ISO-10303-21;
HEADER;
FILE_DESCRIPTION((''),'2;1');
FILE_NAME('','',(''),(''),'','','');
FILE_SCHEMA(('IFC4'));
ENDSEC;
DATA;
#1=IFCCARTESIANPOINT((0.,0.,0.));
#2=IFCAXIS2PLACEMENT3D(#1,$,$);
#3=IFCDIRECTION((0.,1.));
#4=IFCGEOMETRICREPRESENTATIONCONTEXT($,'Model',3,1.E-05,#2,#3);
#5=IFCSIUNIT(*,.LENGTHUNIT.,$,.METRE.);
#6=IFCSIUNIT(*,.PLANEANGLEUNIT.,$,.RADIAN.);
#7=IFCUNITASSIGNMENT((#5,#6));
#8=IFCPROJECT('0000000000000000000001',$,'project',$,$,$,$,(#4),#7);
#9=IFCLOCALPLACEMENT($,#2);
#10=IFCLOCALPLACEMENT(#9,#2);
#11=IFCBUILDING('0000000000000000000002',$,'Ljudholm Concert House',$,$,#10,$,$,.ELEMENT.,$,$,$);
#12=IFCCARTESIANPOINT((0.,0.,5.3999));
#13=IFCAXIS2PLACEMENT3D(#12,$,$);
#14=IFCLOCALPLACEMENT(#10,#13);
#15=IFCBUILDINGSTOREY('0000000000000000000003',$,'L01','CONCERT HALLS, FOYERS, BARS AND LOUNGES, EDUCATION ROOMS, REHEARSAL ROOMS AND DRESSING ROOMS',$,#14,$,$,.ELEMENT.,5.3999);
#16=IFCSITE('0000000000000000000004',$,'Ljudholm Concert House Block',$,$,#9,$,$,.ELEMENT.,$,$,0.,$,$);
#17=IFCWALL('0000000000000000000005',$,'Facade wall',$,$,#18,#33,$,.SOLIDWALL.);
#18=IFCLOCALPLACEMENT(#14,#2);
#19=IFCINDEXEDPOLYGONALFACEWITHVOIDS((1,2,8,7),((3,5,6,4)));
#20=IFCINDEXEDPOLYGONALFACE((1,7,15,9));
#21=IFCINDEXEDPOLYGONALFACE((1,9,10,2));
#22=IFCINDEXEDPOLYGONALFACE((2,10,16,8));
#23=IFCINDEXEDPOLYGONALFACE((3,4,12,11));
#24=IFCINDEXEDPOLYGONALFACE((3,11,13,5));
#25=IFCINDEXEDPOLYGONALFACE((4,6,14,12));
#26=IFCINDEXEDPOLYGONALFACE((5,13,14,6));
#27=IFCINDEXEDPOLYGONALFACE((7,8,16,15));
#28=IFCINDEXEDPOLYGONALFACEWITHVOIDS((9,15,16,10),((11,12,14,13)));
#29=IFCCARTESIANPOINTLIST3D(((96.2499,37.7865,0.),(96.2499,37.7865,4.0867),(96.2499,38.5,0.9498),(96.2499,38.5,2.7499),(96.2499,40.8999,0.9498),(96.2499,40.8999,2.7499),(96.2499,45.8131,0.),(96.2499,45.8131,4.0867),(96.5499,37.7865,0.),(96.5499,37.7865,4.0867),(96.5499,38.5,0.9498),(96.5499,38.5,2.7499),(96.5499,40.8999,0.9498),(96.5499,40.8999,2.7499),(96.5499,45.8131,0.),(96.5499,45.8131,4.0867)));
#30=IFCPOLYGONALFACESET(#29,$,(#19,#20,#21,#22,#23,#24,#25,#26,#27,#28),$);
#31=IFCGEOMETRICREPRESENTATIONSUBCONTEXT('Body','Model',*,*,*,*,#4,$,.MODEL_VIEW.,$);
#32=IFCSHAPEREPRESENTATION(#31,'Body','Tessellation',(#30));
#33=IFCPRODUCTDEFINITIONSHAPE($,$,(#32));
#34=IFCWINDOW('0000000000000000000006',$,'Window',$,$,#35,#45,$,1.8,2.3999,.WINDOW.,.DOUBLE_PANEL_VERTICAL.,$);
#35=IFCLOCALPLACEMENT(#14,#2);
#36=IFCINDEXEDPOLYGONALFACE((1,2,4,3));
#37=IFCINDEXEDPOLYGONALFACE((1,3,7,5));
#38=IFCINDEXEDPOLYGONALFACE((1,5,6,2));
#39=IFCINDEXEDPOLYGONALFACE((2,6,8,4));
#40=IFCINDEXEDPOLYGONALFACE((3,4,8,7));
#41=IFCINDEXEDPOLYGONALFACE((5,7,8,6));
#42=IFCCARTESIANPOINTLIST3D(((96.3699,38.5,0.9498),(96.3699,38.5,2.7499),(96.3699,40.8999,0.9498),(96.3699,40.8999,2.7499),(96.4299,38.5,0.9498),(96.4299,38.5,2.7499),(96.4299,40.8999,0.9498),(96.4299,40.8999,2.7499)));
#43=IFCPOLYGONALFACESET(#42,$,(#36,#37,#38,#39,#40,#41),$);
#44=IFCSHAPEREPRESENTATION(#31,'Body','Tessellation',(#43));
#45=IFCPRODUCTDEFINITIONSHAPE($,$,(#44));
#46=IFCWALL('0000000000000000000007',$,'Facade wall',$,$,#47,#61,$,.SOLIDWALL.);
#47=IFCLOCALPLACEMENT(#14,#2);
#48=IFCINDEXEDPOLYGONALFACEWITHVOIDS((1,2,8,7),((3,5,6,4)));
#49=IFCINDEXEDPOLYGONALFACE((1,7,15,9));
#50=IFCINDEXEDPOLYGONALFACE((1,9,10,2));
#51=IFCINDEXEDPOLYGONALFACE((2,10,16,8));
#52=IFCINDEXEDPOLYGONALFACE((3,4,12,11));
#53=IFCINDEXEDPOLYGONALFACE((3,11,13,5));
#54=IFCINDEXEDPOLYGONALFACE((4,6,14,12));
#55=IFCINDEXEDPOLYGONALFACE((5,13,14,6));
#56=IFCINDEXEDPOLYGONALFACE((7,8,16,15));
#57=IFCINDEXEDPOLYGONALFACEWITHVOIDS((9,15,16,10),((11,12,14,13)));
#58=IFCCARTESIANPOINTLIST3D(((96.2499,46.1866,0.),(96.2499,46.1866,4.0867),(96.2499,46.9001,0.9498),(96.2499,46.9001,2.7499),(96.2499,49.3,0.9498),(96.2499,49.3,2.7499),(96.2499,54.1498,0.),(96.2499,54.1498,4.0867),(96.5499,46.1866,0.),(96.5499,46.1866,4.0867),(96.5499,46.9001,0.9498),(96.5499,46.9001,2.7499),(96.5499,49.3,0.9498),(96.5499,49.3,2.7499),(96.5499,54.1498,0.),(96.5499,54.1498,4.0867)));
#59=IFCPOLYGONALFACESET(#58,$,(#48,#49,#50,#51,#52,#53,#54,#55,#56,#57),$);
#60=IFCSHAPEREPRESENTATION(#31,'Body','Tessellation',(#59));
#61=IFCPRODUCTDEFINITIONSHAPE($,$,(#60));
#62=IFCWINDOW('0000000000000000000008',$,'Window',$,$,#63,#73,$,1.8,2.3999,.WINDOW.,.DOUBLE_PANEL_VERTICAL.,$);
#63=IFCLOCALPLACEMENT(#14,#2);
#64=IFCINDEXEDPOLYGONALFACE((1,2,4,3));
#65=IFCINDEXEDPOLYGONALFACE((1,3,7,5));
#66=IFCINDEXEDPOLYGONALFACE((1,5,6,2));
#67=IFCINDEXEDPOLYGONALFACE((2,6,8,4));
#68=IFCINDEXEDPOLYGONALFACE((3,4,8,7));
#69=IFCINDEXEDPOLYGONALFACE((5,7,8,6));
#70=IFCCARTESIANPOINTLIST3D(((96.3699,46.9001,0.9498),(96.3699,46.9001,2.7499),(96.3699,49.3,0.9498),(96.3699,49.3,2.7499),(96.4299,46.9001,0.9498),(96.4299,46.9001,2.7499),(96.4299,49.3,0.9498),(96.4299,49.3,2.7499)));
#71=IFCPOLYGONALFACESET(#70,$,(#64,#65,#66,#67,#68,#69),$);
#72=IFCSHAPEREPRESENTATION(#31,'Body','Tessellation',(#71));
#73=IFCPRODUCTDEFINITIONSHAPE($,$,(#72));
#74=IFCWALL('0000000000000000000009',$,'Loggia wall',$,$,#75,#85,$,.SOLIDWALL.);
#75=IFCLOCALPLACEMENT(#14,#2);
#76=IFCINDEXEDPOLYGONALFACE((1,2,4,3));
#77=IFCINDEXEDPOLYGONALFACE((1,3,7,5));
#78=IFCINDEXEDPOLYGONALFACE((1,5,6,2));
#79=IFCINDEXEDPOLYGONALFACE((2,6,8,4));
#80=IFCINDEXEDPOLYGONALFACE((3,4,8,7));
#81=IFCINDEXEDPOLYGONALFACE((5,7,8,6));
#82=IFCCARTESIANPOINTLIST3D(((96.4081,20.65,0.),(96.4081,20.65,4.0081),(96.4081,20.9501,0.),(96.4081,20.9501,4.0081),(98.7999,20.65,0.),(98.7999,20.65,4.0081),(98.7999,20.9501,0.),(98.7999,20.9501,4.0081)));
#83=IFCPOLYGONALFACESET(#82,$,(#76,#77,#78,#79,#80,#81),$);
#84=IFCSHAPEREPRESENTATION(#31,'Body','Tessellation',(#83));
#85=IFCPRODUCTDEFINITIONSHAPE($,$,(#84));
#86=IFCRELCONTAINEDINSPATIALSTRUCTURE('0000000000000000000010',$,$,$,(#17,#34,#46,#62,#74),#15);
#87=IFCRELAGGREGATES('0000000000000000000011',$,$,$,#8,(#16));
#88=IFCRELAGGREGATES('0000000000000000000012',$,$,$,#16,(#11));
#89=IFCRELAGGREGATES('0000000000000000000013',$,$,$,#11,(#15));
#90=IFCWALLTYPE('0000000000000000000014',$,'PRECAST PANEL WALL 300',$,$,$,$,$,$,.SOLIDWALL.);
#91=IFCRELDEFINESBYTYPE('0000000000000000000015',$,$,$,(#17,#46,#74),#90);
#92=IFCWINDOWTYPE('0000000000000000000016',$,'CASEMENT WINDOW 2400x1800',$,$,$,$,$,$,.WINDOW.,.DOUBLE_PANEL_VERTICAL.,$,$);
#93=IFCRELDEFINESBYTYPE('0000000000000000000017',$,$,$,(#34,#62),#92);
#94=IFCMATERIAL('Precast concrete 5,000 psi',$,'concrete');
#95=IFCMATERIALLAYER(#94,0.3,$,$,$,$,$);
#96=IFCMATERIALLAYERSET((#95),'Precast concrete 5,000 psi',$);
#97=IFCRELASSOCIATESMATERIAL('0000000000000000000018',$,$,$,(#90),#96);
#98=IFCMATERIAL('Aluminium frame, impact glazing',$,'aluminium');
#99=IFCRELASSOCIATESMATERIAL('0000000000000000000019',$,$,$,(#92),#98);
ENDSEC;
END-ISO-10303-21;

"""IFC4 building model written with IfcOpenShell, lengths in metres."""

from ifc_helpers import new_model, si_unit, direction, frame, frame_2d, origin, place, context, subcontext, project, spatial, rectangle, extrude, material, layer, layer_set, type_object, element, fill, save


model = new_model("IFC4")

# Units and contexts
model_context = context("Model", 3, precision=1e-05, world=origin(), true_north=direction((0.0, 1.0)))
body_context = subcontext(model_context, "Body", "Model", "MODEL_VIEW")
ifc_project = project(units=[si_unit("LENGTHUNIT", "METRE"), si_unit("PLANEANGLEUNIT", "RADIAN")], contexts=[model_context])

# Site, building, storey
site_placement = place(None, origin())
site = spatial("IfcSite", under=ifc_project, at=site_placement, Name="Ljudholm Concert House Block", CompositionType="ELEMENT", RefElevation=0.0)
building_placement = place(site_placement, origin())
building = spatial("IfcBuilding", under=site, at=building_placement, Name="Ljudholm Concert House", CompositionType="ELEMENT")
storey_placement = place(building_placement, frame((0.0, 0.0, 5.3999)))
storey = spatial("IfcBuildingStorey", under=building, at=storey_placement, Name="L01", Description="CONCERT HALLS, FOYERS, BARS AND LOUNGES, EDUCATION ROOMS, REHEARSAL ROOMS AND DRESSING ROOMS", CompositionType="ELEMENT", Elevation=5.3999)

# Walls, openings, windows
ifc_material_1 = material(Name="Precast concrete 5,000 psi", Category="concrete")
ifc_layer_1 = layer(ifc_material_1, 0.3)
ifc_layer_set_1 = layer_set([ifc_layer_1], Name="Precast concrete 5,000 psi")
wall_type_1 = type_object("IfcWallType", Name="PRECAST PANEL WALL 300", PredefinedType="SOLIDWALL", material=ifc_layer_set_1)
wall_1_placement = place(storey_placement, frame((96.3999, 37.7866, 0.0), z_axis=(0.0, 0.0, 1.0), x_axis=(0.0, 1.0, 0.0)))
wall_1 = element("IfcWall", 1, at=wall_1_placement, inside=storey, type_object=wall_type_1, Name="Facade wall", PredefinedType="SOLIDWALL", context=body_context, shape_type="SweptSolid", body=[
    extrude(rectangle(XDim=8.0266, YDim=0.3, at=frame_2d((4.0132, 0.0))), origin(), (0.0, 0.0, 1.0), 4.0867),
])
opening_1_placement = place(wall_1_placement, frame((0.7134, 0.0, 0.95)))
opening_1 = element("IfcOpeningElement", 2, at=opening_1_placement, cuts=wall_1, PredefinedType="OPENING", context=body_context, shape_type="SweptSolid", body=[
    extrude(rectangle(XDim=2.3999, YDim=1.8, at=frame_2d((1.2, 0.8999))), frame((0.0, 0.1599, 0.0), z_axis=(0.0, -1.0, 0.0), x_axis=(1.0, 0.0, 0.0)), (0.0, 0.0, 1.0), 0.3201),
])
ifc_material_2 = material(Name="Aluminium frame, impact glazing", Category="aluminium")
window_type = type_object("IfcWindowType", Name="CASEMENT WINDOW 2400x1800", PartitioningType="DOUBLE_PANEL_VERTICAL", PredefinedType="WINDOW", material=ifc_material_2)
window_1_placement = place(opening_1_placement, origin())
window_1 = element("IfcWindow", 3, at=window_1_placement, inside=storey, type_object=window_type, Name="Window", OverallHeight=1.8, OverallWidth=2.3999, PartitioningType="DOUBLE_PANEL_VERTICAL", PredefinedType="WINDOW", context=body_context, shape_type="SweptSolid", body=[
    extrude(rectangle(XDim=2.3999, YDim=1.8, at=frame_2d((1.2, 0.8999))), frame((0.0, 0.03, 0.0), z_axis=(0.0, -1.0, 0.0), x_axis=(1.0, 0.0, 0.0)), (0.0, 0.0, 1.0), 0.0601),
])
fill(opening_1, window_1)
wall_2_placement = place(storey_placement, frame((96.3999, 46.1868, 0.0), z_axis=(0.0, 0.0, 1.0), x_axis=(0.0, 1.0, 0.0)))
wall_2 = element("IfcWall", 4, at=wall_2_placement, inside=storey, type_object=wall_type_1, Name="Facade wall", PredefinedType="SOLIDWALL", context=body_context, shape_type="SweptSolid", body=[
    extrude(rectangle(XDim=7.9631, YDim=0.3, at=frame_2d((3.9814, 0.0))), origin(), (0.0, 0.0, 1.0), 4.0867),
])
opening_2_placement = place(wall_2_placement, frame((0.7134, 0.0, 0.95)))
opening_2 = element("IfcOpeningElement", 5, at=opening_2_placement, cuts=wall_2, PredefinedType="OPENING", context=body_context, shape_type="SweptSolid", body=[
    extrude(rectangle(XDim=2.3999, YDim=1.8, at=frame_2d((1.2, 0.8999))), frame((0.0, 0.1599, 0.0), z_axis=(0.0, -1.0, 0.0), x_axis=(1.0, 0.0, 0.0)), (0.0, 0.0, 1.0), 0.3201),
])
window_2_placement = place(opening_2_placement, origin())
window_2 = element("IfcWindow", 6, at=window_2_placement, inside=storey, type_object=window_type, Name="Window", OverallHeight=1.8, OverallWidth=2.3999, PartitioningType="DOUBLE_PANEL_VERTICAL", PredefinedType="WINDOW", context=body_context, shape_type="SweptSolid", body=[
    extrude(rectangle(XDim=2.3999, YDim=1.8, at=frame_2d((1.2, 0.8999))), frame((0.0, 0.03, 0.0), z_axis=(0.0, -1.0, 0.0), x_axis=(1.0, 0.0, 0.0)), (0.0, 0.0, 1.0), 0.0601),
])
fill(opening_2, window_2)

# Wall
wall_3_placement = place(storey_placement, frame((96.4082, 20.8, 0.0), z_axis=(0.0, 0.0, 1.0), x_axis=(1.0, 0.0, 0.0)))
element("IfcWall", 7, at=wall_3_placement, inside=storey, type_object=wall_type_1, Name="Loggia wall", PredefinedType="SOLIDWALL", context=body_context, shape_type="SweptSolid", body=[
    extrude(rectangle(XDim=2.3918, YDim=0.3, at=frame_2d((1.1958, 0.0))), origin(), (0.0, 0.0, 1.0), 4.0081),
])

save(model, "model.ifc")
